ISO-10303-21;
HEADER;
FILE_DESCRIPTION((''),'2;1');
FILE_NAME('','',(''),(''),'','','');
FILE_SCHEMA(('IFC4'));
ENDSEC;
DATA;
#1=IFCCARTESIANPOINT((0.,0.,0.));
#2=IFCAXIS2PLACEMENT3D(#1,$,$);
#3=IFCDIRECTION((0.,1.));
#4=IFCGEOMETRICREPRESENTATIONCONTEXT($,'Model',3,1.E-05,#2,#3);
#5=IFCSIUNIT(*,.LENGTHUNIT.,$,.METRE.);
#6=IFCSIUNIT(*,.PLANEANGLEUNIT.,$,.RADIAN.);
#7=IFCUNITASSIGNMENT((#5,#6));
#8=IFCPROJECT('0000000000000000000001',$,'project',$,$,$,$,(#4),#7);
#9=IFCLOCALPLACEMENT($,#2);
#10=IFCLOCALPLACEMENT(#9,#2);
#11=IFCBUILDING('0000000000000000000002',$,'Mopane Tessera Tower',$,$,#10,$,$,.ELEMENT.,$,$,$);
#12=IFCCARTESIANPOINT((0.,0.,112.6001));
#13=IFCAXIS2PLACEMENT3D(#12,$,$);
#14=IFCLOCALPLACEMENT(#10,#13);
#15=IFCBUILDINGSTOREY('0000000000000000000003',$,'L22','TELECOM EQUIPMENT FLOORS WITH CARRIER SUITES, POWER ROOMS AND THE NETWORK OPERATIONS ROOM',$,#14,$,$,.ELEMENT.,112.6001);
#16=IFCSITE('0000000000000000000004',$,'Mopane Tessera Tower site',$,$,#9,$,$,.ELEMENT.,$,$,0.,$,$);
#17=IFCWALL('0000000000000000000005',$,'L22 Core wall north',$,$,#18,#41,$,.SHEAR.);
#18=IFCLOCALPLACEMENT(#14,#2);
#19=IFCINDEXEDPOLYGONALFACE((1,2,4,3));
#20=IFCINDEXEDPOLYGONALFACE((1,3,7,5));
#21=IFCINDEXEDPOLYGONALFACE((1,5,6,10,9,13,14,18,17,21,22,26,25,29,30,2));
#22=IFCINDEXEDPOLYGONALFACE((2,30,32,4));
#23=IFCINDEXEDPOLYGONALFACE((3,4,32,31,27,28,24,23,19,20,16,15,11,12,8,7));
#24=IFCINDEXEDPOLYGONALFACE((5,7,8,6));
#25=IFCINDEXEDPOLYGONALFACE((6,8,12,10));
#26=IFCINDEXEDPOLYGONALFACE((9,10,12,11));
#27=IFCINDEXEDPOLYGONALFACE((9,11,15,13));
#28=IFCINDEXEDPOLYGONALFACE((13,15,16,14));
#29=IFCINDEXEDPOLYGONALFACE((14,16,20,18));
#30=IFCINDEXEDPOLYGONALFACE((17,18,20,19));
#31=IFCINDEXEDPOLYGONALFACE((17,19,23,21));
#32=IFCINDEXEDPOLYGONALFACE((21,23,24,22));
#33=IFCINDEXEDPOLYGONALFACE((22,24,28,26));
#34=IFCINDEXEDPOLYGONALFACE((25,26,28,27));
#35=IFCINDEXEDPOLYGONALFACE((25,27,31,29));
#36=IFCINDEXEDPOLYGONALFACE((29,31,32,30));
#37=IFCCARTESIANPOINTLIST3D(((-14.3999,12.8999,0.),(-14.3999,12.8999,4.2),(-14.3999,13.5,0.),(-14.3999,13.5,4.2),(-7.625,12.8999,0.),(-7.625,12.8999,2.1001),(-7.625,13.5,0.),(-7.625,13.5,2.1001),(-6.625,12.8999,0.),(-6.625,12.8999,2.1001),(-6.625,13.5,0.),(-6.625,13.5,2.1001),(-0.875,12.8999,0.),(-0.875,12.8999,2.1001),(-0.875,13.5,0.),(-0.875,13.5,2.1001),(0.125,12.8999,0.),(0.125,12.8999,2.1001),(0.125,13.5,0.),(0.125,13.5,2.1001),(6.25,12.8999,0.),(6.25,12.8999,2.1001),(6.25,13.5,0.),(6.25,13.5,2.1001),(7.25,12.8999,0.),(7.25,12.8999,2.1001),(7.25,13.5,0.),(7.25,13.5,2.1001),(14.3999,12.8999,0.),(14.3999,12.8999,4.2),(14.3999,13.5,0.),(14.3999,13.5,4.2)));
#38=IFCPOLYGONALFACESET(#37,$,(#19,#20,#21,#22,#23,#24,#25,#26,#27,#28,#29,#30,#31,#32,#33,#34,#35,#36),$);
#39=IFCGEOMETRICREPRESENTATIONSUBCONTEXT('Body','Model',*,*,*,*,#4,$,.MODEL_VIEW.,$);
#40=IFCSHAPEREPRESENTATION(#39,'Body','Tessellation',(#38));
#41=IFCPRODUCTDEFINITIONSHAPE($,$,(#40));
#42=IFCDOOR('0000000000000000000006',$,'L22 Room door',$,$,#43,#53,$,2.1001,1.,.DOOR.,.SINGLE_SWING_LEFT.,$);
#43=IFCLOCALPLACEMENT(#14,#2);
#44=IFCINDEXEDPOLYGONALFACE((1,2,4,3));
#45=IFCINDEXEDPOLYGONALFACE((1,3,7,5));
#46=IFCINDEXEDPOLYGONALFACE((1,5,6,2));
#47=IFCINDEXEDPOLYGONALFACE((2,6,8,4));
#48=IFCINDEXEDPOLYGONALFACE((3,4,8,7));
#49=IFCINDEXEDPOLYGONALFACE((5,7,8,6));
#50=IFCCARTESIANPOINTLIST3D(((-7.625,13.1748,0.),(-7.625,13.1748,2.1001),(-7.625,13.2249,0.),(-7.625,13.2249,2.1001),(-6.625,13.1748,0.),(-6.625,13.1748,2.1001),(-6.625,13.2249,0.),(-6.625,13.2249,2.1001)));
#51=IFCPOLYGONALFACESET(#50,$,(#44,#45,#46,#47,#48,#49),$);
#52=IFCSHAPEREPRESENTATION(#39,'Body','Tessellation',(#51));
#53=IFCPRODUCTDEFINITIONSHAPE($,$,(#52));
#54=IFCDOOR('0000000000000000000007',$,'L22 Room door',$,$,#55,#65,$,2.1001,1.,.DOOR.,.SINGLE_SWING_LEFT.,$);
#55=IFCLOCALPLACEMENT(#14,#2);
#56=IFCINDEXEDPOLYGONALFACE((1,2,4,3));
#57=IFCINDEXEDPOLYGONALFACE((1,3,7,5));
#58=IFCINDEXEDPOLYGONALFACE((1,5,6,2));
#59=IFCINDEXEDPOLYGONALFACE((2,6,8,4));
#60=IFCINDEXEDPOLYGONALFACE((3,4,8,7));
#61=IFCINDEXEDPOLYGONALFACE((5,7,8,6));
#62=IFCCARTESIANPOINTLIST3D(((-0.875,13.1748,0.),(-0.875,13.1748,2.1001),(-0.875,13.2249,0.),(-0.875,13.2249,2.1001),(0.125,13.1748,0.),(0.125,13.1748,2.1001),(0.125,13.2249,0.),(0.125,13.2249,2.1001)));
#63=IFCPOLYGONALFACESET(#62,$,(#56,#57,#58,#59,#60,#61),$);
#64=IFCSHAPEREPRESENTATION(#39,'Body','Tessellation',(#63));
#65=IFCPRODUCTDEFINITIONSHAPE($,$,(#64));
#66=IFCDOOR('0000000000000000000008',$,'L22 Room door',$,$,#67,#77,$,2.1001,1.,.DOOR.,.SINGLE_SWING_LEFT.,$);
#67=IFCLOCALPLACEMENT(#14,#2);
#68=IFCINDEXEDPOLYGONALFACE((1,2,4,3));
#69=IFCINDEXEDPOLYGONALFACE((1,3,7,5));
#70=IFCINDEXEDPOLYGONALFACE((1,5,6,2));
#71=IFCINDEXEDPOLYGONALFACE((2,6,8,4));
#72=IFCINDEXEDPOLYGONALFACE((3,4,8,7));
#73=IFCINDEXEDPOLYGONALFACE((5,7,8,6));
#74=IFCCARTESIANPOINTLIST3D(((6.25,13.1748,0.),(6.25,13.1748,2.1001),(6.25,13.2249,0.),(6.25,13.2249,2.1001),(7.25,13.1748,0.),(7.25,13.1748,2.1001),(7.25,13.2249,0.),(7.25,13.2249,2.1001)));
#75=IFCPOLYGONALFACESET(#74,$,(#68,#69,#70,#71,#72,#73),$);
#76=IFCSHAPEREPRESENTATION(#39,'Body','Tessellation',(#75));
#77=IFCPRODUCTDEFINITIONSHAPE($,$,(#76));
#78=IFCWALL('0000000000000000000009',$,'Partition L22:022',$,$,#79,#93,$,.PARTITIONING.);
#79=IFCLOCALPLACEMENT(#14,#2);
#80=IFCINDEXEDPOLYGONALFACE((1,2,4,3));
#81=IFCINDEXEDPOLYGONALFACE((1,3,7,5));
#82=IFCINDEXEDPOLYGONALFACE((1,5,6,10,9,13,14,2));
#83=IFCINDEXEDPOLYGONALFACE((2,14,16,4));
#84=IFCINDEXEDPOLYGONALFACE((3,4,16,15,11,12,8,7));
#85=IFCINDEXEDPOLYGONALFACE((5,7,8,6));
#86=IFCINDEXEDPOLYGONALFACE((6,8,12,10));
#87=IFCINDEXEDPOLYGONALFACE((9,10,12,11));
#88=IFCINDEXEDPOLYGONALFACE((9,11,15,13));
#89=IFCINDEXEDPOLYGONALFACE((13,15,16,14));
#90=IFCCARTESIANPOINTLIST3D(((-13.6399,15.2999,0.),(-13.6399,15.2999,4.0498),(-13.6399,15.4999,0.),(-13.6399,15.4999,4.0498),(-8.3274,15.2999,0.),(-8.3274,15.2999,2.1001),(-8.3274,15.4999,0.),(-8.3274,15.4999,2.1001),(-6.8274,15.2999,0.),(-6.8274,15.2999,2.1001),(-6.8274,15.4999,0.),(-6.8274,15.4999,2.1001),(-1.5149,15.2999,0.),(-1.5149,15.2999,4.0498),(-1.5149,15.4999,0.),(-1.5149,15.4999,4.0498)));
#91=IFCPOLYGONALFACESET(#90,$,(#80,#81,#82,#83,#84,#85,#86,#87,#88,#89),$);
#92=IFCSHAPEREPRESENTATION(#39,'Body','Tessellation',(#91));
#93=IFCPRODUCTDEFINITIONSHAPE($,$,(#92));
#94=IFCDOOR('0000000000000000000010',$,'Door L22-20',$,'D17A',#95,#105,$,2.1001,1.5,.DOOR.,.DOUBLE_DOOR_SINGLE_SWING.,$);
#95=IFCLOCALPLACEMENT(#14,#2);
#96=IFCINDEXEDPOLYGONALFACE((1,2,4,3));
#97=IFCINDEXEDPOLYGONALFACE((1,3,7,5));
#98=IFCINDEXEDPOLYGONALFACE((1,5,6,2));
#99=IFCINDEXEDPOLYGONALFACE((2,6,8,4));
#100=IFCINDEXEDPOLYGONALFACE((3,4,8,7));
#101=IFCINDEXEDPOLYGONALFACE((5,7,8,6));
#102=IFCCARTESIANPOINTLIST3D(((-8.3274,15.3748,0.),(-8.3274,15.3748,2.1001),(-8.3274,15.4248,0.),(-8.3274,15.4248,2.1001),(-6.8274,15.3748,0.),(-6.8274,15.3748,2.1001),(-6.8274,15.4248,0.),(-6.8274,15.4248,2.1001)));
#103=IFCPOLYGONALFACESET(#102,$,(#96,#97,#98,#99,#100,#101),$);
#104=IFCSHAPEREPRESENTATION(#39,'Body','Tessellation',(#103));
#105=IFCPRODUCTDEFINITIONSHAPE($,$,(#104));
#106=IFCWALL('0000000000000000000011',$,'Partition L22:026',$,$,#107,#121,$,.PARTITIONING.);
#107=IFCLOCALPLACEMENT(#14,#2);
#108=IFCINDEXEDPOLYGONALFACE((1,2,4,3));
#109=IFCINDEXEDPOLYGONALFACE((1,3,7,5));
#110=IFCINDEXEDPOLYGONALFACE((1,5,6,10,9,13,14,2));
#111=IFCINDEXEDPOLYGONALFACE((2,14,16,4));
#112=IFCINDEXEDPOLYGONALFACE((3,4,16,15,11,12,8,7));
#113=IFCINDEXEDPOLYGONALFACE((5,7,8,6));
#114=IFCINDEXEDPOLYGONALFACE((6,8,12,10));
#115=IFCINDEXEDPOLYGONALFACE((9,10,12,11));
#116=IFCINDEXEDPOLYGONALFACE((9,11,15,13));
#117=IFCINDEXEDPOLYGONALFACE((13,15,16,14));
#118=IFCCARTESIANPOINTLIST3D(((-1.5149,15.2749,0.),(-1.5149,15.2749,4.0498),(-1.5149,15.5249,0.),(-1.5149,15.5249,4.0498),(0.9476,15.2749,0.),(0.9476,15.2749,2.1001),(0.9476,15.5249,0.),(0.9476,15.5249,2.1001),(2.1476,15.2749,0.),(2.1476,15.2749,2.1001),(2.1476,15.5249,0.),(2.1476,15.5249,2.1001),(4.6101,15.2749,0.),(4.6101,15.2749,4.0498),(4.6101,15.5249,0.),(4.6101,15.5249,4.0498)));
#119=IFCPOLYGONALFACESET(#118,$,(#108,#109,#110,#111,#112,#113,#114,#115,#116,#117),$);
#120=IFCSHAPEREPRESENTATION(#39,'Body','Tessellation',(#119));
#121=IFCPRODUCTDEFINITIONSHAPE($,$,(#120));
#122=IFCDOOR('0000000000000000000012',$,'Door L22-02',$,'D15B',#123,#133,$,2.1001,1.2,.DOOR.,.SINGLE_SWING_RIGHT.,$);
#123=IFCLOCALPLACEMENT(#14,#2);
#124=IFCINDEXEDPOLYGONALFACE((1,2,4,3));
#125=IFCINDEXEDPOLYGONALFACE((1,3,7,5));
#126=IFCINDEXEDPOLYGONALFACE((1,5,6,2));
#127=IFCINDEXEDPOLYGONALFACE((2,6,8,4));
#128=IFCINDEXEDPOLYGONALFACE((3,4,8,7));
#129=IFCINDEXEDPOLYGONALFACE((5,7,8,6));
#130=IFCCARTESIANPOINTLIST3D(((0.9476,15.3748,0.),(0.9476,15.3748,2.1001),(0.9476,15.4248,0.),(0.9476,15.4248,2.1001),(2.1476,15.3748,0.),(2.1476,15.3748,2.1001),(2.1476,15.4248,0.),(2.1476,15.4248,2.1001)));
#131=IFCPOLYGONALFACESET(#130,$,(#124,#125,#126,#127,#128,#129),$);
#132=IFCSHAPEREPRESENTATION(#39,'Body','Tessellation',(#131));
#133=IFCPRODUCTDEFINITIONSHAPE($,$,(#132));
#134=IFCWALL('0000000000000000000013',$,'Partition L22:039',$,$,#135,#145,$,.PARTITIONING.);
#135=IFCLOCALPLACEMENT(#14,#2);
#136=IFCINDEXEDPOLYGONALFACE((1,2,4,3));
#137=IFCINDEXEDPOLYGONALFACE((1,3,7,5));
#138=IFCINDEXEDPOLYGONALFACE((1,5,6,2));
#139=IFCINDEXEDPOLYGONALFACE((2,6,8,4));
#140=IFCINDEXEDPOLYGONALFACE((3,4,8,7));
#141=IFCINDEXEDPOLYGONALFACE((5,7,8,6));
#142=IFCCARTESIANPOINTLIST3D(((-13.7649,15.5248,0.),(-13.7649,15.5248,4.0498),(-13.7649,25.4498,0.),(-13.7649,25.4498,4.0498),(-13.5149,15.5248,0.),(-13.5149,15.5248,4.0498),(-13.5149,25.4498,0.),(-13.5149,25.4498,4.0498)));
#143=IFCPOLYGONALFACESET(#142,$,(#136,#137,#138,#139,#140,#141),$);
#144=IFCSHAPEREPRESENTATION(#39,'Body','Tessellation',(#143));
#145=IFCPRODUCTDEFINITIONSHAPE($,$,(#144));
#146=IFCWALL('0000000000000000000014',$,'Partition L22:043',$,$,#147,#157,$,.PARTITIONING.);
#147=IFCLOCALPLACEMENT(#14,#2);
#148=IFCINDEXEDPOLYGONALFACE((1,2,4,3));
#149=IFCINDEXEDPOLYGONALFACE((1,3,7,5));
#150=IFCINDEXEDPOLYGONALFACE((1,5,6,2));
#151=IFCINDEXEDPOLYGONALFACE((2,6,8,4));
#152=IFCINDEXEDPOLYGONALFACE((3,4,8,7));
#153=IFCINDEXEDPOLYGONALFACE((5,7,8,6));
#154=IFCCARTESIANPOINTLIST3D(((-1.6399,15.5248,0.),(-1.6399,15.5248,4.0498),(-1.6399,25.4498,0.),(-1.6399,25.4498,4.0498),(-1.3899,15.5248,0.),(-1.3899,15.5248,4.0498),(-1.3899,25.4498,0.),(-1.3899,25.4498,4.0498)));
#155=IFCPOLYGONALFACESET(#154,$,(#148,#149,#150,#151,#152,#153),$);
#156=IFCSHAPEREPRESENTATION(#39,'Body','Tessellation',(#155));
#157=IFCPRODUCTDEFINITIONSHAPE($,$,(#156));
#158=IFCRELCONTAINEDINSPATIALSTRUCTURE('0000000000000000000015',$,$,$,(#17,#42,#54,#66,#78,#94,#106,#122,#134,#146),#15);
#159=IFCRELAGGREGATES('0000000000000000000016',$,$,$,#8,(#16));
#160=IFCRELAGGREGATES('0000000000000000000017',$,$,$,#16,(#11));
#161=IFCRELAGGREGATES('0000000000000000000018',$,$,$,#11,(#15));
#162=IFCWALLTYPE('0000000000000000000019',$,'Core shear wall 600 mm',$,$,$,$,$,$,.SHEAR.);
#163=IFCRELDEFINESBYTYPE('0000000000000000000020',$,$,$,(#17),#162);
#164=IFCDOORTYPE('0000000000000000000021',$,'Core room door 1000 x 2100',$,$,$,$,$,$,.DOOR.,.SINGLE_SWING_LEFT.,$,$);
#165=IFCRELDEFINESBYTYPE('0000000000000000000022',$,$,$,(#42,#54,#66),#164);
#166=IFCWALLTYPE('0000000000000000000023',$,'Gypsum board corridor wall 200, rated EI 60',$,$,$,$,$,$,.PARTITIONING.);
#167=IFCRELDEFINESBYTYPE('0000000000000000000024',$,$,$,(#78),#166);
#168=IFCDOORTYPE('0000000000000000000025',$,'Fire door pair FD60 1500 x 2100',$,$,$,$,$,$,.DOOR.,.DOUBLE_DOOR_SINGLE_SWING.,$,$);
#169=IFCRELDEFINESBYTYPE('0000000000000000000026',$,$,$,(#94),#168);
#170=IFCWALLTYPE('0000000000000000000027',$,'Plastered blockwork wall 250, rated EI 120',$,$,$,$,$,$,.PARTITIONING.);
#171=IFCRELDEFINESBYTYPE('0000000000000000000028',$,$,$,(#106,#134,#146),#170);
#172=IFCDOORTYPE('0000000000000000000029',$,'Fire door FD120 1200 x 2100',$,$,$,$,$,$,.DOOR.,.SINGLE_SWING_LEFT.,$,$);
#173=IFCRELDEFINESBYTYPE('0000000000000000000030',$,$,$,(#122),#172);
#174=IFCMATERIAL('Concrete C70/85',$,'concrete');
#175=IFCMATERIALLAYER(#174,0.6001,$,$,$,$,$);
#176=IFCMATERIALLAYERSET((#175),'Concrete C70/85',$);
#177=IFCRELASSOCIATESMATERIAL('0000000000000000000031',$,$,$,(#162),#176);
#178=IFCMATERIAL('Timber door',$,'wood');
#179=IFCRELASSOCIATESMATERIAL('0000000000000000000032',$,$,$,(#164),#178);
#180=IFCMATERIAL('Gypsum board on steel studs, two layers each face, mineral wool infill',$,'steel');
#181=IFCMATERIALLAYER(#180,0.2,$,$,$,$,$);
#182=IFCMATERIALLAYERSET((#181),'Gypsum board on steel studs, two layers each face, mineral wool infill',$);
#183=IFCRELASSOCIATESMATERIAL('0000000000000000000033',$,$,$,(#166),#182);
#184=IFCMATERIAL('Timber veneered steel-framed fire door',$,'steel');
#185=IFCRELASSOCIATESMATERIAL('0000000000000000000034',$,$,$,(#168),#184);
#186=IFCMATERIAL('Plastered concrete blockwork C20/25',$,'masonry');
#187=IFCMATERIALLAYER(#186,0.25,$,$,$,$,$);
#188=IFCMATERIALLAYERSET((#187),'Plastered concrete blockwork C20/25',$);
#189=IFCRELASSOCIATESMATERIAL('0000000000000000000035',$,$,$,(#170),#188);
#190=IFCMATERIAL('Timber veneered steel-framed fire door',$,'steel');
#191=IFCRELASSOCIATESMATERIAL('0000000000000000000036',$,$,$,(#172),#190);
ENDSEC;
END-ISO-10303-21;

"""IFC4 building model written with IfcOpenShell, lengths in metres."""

from ifc_helpers import new_model, si_unit, direction, frame, frame_2d, origin, place, context, subcontext, project, spatial, rectangle, extrude, material, layer, layer_set, type_object, element, fill, save


model = new_model("IFC4")

# Units and contexts
model_context = context("Model", 3, precision=1e-05, world=origin(), true_north=direction((0.0, 1.0)))
body_context = subcontext(model_context, "Body", "Model", "MODEL_VIEW")
ifc_project = project(units=[si_unit("LENGTHUNIT", "METRE"), si_unit("PLANEANGLEUNIT", "RADIAN")], contexts=[model_context])

# Site, building, storey
site_placement = place(None, origin())
site = spatial("IfcSite", under=ifc_project, at=site_placement, Name="Mopane Tessera Tower site", CompositionType="ELEMENT", RefElevation=0.0)
building_placement = place(site_placement, origin())
building = spatial("IfcBuilding", under=site, at=building_placement, Name="Mopane Tessera Tower", CompositionType="ELEMENT")
storey_placement = place(building_placement, frame((0.0, 0.0, 112.6001)))
storey = spatial("IfcBuildingStorey", under=building, at=storey_placement, Name="L22", Description="TELECOM EQUIPMENT FLOORS WITH CARRIER SUITES, POWER ROOMS AND THE NETWORK OPERATIONS ROOM", CompositionType="ELEMENT", Elevation=112.6001)

# Wall, openings, doors
ifc_material_1 = material(Name="Concrete C70/85", Category="concrete")
ifc_layer_1 = layer(ifc_material_1, 0.6001)
ifc_layer_set_1 = layer_set([ifc_layer_1], Name="Concrete C70/85")
wall_type_1 = type_object("IfcWallType", Name="Core shear wall 600 mm", PredefinedType="SHEAR", material=ifc_layer_set_1)
wall_1_placement = place(storey_placement, frame((-14.3999, 13.2, 0.0), z_axis=(0.0, 0.0, 1.0), x_axis=(1.0, 0.0, 0.0)))
wall_1 = element("IfcWall", 1, at=wall_1_placement, inside=storey, type_object=wall_type_1, Name="L22 Core wall north", PredefinedType="SHEAR", context=body_context, shape_type="SweptSolid", body=[
    extrude(rectangle(XDim=28.7998, YDim=0.6001, at=frame_2d((14.3999, 0.0))), origin(), (0.0, 0.0, 1.0), 4.2),
])
opening_1_placement = place(wall_1_placement, frame((6.7749, 0.0, 0.0)))
opening_1 = element("IfcOpeningElement", 2, at=opening_1_placement, cuts=wall_1, PredefinedType="OPENING", context=body_context, shape_type="SweptSolid", body=[
    extrude(rectangle(XDim=1.0, YDim=2.1001, at=frame_2d((0.5, 1.05))), frame((0.0, 0.312, 0.0), z_axis=(0.0, -1.0, 0.0), x_axis=(1.0, 0.0, 0.0)), (0.0, 0.0, 1.0), 0.624),
])
opening_2_placement = place(wall_1_placement, frame((13.5249, 0.0, 0.0)))
opening_2 = element("IfcOpeningElement", 3, at=opening_2_placement, cuts=wall_1, PredefinedType="OPENING", context=body_context, shape_type="SweptSolid", body=[
    extrude(rectangle(XDim=1.0, YDim=2.1001, at=frame_2d((0.5, 1.05))), frame((0.0, 0.312, 0.0), z_axis=(0.0, -1.0, 0.0), x_axis=(1.0, 0.0, 0.0)), (0.0, 0.0, 1.0), 0.624),
])
opening_3_placement = place(wall_1_placement, frame((20.6499, 0.0, 0.0)))
opening_3 = element("IfcOpeningElement", 4, at=opening_3_placement, cuts=wall_1, PredefinedType="OPENING", context=body_context, shape_type="SweptSolid", body=[
    extrude(rectangle(XDim=1.0, YDim=2.1001, at=frame_2d((0.5, 1.05))), frame((0.0, 0.312, 0.0), z_axis=(0.0, -1.0, 0.0), x_axis=(1.0, 0.0, 0.0)), (0.0, 0.0, 1.0), 0.624),
])
ifc_material_2 = material(Name="Timber door", Category="wood")
door_type_1 = type_object("IfcDoorType", Name="Core room door 1000 x 2100", OperationType="SINGLE_SWING_LEFT", PredefinedType="DOOR", material=ifc_material_2)
door_1_placement = place(opening_1_placement, origin())
door_1 = element("IfcDoor", 5, at=door_1_placement, inside=storey, type_object=door_type_1, Name="L22 Room door", OperationType="SINGLE_SWING_LEFT", OverallHeight=2.1001, OverallWidth=1.0, PredefinedType="DOOR", context=body_context, shape_type="SweptSolid", body=[
    extrude(rectangle(XDim=1.0, YDim=2.1001, at=frame_2d((0.5, 1.05))), frame((0.0, 0.0249, 0.0), z_axis=(0.0, -1.0, 0.0), x_axis=(1.0, 0.0, 0.0)), (0.0, 0.0, 1.0), 0.05),
])
fill(opening_1, door_1)
door_2_placement = place(opening_2_placement, origin())
door_2 = element("IfcDoor", 6, at=door_2_placement, inside=storey, type_object=door_type_1, Name="L22 Room door", OperationType="SINGLE_SWING_LEFT", OverallHeight=2.1001, OverallWidth=1.0, PredefinedType="DOOR", context=body_context, shape_type="SweptSolid", body=[
    extrude(rectangle(XDim=1.0, YDim=2.1001, at=frame_2d((0.5, 1.05))), frame((0.0, 0.0249, 0.0), z_axis=(0.0, -1.0, 0.0), x_axis=(1.0, 0.0, 0.0)), (0.0, 0.0, 1.0), 0.05),
])
fill(opening_2, door_2)
door_3_placement = place(opening_3_placement, origin())
door_3 = element("IfcDoor", 7, at=door_3_placement, inside=storey, type_object=door_type_1, Name="L22 Room door", OperationType="SINGLE_SWING_LEFT", OverallHeight=2.1001, OverallWidth=1.0, PredefinedType="DOOR", context=body_context, shape_type="SweptSolid", body=[
    extrude(rectangle(XDim=1.0, YDim=2.1001, at=frame_2d((0.5, 1.05))), frame((0.0, 0.0249, 0.0), z_axis=(0.0, -1.0, 0.0), x_axis=(1.0, 0.0, 0.0)), (0.0, 0.0, 1.0), 0.05),
])
fill(opening_3, door_3)

# Walls, openings, doors
ifc_material_3 = material(Name="Gypsum board on steel studs, two layers each face, mineral wool infill", Category="steel")
ifc_layer_2 = layer(ifc_material_3, 0.2)
ifc_layer_set_2 = layer_set([ifc_layer_2], Name="Gypsum board on steel studs, two layers each face, mineral wool infill")
wall_type_2 = type_object("IfcWallType", Name="Gypsum board corridor wall 200, rated EI 60", PredefinedType="PARTITIONING", material=ifc_layer_set_2)
wall_2_placement = place(storey_placement, frame((-13.6399, 15.3999, 0.0), z_axis=(0.0, 0.0, 1.0), x_axis=(1.0, 0.0, 0.0)))
wall_2 = element("IfcWall", 8, at=wall_2_placement, inside=storey, type_object=wall_type_2, Name="Partition L22:022", PredefinedType="PARTITIONING", context=body_context, shape_type="SweptSolid", body=[
    extrude(rectangle(XDim=12.125, YDim=0.2, at=frame_2d((6.0625, 0.0))), origin(), (0.0, 0.0, 1.0), 4.0498),
])
opening_4_placement = place(wall_2_placement, frame((5.3125, 0.0, 0.0)))
opening_4 = element("IfcOpeningElement", 9, at=opening_4_placement, cuts=wall_2, PredefinedType="OPENING", context=body_context, shape_type="SweptSolid", body=[
    extrude(rectangle(XDim=1.5, YDim=2.1001, at=frame_2d((0.75, 1.05))), frame((0.0, 0.1121, 0.0), z_axis=(0.0, -1.0, 0.0), x_axis=(1.0, 0.0, 0.0)), (0.0, 0.0, 1.0), 0.2239),
])
ifc_material_4 = material(Name="Timber veneered steel-framed fire door", Category="steel")
door_type_2 = type_object("IfcDoorType", Name="Fire door pair FD60 1500 x 2100", OperationType="DOUBLE_DOOR_SINGLE_SWING", PredefinedType="DOOR", material=ifc_material_4)
door_4_placement = place(opening_4_placement, origin())
door_4 = element("IfcDoor", 10, at=door_4_placement, inside=storey, type_object=door_type_2, Name="Door L22-20", ObjectType="D17A", OperationType="DOUBLE_DOOR_SINGLE_SWING", OverallHeight=2.1001, OverallWidth=1.5, PredefinedType="DOOR", context=body_context, shape_type="SweptSolid", body=[
    extrude(rectangle(XDim=1.5, YDim=2.1001, at=frame_2d((0.75, 1.05))), frame((0.0, 0.0249, 0.0), z_axis=(0.0, -1.0, 0.0), x_axis=(1.0, 0.0, 0.0)), (0.0, 0.0, 1.0), 0.05),
])
fill(opening_4, door_4)
ifc_material_5 = material(Name="Plastered concrete blockwork C20/25", Category="masonry")
ifc_layer_3 = layer(ifc_material_5, 0.25)
ifc_layer_set_3 = layer_set([ifc_layer_3], Name="Plastered concrete blockwork C20/25")
wall_type_3 = type_object("IfcWallType", Name="Plastered blockwork wall 250, rated EI 120", PredefinedType="PARTITIONING", material=ifc_layer_set_3)
wall_3_placement = place(storey_placement, frame((-1.5149, 15.3999, 0.0), z_axis=(0.0, 0.0, 1.0), x_axis=(1.0, 0.0, 0.0)))
wall_3 = element("IfcWall", 11, at=wall_3_placement, inside=storey, type_object=wall_type_3, Name="Partition L22:026", PredefinedType="PARTITIONING", context=body_context, shape_type="SweptSolid", body=[
    extrude(rectangle(XDim=6.125, YDim=0.25, at=frame_2d((3.0625, 0.0))), origin(), (0.0, 0.0, 1.0), 4.0498),
])
opening_5_placement = place(wall_3_placement, frame((2.4624, 0.0, 0.0)))
opening_5 = element("IfcOpeningElement", 12, at=opening_5_placement, cuts=wall_3, PredefinedType="OPENING", context=body_context, shape_type="SweptSolid", body=[
    extrude(rectangle(XDim=1.2, YDim=2.1001, at=frame_2d((0.6001, 1.05))), frame((0.0, 0.137, 0.0), z_axis=(0.0, -1.0, 0.0), x_axis=(1.0, 0.0, 0.0)), (0.0, 0.0, 1.0), 0.2739),
])
ifc_material_6 = material(Name="Timber veneered steel-framed fire door", Category="steel")
door_type_3 = type_object("IfcDoorType", Name="Fire door FD120 1200 x 2100", OperationType="SINGLE_SWING_LEFT", PredefinedType="DOOR", material=ifc_material_6)
door_5_placement = place(opening_5_placement, origin())
door_5 = element("IfcDoor", 13, at=door_5_placement, inside=storey, type_object=door_type_3, Name="Door L22-02", ObjectType="D15B", OperationType="SINGLE_SWING_RIGHT", OverallHeight=2.1001, OverallWidth=1.2, PredefinedType="DOOR", context=body_context, shape_type="SweptSolid", body=[
    extrude(rectangle(XDim=1.2, YDim=2.1001, at=frame_2d((0.6001, 1.05))), frame((0.0, 0.0249, 0.0), z_axis=(0.0, -1.0, 0.0), x_axis=(1.0, 0.0, 0.0)), (0.0, 0.0, 1.0), 0.05),
])
fill(opening_5, door_5)

# Walls
for number, where, z_axis, x_axis, name in (
    (14, (-13.6399, 15.5249, 0.0), (0.0, 0.0, 1.0), (0.0, 1.0, 0.0), "Partition L22:039"),
    (15, (-1.5149, 15.5249, 0.0), (0.0, 0.0, 1.0), (0.0, 1.0, 0.0), "Partition L22:043"),
):
    element("IfcWall", number, at=place(storey_placement, frame(where, z_axis=z_axis, x_axis=x_axis)), inside=storey, type_object=wall_type_3, Name=name, PredefinedType="PARTITIONING", context=body_context, shape_type="SweptSolid", body=[
        extrude(rectangle(XDim=9.925, YDim=0.25, at=frame_2d((4.9624, 0.0))), origin(), (0.0, 0.0, 1.0), 4.0498),
    ])

save(model, "model.ifc")
